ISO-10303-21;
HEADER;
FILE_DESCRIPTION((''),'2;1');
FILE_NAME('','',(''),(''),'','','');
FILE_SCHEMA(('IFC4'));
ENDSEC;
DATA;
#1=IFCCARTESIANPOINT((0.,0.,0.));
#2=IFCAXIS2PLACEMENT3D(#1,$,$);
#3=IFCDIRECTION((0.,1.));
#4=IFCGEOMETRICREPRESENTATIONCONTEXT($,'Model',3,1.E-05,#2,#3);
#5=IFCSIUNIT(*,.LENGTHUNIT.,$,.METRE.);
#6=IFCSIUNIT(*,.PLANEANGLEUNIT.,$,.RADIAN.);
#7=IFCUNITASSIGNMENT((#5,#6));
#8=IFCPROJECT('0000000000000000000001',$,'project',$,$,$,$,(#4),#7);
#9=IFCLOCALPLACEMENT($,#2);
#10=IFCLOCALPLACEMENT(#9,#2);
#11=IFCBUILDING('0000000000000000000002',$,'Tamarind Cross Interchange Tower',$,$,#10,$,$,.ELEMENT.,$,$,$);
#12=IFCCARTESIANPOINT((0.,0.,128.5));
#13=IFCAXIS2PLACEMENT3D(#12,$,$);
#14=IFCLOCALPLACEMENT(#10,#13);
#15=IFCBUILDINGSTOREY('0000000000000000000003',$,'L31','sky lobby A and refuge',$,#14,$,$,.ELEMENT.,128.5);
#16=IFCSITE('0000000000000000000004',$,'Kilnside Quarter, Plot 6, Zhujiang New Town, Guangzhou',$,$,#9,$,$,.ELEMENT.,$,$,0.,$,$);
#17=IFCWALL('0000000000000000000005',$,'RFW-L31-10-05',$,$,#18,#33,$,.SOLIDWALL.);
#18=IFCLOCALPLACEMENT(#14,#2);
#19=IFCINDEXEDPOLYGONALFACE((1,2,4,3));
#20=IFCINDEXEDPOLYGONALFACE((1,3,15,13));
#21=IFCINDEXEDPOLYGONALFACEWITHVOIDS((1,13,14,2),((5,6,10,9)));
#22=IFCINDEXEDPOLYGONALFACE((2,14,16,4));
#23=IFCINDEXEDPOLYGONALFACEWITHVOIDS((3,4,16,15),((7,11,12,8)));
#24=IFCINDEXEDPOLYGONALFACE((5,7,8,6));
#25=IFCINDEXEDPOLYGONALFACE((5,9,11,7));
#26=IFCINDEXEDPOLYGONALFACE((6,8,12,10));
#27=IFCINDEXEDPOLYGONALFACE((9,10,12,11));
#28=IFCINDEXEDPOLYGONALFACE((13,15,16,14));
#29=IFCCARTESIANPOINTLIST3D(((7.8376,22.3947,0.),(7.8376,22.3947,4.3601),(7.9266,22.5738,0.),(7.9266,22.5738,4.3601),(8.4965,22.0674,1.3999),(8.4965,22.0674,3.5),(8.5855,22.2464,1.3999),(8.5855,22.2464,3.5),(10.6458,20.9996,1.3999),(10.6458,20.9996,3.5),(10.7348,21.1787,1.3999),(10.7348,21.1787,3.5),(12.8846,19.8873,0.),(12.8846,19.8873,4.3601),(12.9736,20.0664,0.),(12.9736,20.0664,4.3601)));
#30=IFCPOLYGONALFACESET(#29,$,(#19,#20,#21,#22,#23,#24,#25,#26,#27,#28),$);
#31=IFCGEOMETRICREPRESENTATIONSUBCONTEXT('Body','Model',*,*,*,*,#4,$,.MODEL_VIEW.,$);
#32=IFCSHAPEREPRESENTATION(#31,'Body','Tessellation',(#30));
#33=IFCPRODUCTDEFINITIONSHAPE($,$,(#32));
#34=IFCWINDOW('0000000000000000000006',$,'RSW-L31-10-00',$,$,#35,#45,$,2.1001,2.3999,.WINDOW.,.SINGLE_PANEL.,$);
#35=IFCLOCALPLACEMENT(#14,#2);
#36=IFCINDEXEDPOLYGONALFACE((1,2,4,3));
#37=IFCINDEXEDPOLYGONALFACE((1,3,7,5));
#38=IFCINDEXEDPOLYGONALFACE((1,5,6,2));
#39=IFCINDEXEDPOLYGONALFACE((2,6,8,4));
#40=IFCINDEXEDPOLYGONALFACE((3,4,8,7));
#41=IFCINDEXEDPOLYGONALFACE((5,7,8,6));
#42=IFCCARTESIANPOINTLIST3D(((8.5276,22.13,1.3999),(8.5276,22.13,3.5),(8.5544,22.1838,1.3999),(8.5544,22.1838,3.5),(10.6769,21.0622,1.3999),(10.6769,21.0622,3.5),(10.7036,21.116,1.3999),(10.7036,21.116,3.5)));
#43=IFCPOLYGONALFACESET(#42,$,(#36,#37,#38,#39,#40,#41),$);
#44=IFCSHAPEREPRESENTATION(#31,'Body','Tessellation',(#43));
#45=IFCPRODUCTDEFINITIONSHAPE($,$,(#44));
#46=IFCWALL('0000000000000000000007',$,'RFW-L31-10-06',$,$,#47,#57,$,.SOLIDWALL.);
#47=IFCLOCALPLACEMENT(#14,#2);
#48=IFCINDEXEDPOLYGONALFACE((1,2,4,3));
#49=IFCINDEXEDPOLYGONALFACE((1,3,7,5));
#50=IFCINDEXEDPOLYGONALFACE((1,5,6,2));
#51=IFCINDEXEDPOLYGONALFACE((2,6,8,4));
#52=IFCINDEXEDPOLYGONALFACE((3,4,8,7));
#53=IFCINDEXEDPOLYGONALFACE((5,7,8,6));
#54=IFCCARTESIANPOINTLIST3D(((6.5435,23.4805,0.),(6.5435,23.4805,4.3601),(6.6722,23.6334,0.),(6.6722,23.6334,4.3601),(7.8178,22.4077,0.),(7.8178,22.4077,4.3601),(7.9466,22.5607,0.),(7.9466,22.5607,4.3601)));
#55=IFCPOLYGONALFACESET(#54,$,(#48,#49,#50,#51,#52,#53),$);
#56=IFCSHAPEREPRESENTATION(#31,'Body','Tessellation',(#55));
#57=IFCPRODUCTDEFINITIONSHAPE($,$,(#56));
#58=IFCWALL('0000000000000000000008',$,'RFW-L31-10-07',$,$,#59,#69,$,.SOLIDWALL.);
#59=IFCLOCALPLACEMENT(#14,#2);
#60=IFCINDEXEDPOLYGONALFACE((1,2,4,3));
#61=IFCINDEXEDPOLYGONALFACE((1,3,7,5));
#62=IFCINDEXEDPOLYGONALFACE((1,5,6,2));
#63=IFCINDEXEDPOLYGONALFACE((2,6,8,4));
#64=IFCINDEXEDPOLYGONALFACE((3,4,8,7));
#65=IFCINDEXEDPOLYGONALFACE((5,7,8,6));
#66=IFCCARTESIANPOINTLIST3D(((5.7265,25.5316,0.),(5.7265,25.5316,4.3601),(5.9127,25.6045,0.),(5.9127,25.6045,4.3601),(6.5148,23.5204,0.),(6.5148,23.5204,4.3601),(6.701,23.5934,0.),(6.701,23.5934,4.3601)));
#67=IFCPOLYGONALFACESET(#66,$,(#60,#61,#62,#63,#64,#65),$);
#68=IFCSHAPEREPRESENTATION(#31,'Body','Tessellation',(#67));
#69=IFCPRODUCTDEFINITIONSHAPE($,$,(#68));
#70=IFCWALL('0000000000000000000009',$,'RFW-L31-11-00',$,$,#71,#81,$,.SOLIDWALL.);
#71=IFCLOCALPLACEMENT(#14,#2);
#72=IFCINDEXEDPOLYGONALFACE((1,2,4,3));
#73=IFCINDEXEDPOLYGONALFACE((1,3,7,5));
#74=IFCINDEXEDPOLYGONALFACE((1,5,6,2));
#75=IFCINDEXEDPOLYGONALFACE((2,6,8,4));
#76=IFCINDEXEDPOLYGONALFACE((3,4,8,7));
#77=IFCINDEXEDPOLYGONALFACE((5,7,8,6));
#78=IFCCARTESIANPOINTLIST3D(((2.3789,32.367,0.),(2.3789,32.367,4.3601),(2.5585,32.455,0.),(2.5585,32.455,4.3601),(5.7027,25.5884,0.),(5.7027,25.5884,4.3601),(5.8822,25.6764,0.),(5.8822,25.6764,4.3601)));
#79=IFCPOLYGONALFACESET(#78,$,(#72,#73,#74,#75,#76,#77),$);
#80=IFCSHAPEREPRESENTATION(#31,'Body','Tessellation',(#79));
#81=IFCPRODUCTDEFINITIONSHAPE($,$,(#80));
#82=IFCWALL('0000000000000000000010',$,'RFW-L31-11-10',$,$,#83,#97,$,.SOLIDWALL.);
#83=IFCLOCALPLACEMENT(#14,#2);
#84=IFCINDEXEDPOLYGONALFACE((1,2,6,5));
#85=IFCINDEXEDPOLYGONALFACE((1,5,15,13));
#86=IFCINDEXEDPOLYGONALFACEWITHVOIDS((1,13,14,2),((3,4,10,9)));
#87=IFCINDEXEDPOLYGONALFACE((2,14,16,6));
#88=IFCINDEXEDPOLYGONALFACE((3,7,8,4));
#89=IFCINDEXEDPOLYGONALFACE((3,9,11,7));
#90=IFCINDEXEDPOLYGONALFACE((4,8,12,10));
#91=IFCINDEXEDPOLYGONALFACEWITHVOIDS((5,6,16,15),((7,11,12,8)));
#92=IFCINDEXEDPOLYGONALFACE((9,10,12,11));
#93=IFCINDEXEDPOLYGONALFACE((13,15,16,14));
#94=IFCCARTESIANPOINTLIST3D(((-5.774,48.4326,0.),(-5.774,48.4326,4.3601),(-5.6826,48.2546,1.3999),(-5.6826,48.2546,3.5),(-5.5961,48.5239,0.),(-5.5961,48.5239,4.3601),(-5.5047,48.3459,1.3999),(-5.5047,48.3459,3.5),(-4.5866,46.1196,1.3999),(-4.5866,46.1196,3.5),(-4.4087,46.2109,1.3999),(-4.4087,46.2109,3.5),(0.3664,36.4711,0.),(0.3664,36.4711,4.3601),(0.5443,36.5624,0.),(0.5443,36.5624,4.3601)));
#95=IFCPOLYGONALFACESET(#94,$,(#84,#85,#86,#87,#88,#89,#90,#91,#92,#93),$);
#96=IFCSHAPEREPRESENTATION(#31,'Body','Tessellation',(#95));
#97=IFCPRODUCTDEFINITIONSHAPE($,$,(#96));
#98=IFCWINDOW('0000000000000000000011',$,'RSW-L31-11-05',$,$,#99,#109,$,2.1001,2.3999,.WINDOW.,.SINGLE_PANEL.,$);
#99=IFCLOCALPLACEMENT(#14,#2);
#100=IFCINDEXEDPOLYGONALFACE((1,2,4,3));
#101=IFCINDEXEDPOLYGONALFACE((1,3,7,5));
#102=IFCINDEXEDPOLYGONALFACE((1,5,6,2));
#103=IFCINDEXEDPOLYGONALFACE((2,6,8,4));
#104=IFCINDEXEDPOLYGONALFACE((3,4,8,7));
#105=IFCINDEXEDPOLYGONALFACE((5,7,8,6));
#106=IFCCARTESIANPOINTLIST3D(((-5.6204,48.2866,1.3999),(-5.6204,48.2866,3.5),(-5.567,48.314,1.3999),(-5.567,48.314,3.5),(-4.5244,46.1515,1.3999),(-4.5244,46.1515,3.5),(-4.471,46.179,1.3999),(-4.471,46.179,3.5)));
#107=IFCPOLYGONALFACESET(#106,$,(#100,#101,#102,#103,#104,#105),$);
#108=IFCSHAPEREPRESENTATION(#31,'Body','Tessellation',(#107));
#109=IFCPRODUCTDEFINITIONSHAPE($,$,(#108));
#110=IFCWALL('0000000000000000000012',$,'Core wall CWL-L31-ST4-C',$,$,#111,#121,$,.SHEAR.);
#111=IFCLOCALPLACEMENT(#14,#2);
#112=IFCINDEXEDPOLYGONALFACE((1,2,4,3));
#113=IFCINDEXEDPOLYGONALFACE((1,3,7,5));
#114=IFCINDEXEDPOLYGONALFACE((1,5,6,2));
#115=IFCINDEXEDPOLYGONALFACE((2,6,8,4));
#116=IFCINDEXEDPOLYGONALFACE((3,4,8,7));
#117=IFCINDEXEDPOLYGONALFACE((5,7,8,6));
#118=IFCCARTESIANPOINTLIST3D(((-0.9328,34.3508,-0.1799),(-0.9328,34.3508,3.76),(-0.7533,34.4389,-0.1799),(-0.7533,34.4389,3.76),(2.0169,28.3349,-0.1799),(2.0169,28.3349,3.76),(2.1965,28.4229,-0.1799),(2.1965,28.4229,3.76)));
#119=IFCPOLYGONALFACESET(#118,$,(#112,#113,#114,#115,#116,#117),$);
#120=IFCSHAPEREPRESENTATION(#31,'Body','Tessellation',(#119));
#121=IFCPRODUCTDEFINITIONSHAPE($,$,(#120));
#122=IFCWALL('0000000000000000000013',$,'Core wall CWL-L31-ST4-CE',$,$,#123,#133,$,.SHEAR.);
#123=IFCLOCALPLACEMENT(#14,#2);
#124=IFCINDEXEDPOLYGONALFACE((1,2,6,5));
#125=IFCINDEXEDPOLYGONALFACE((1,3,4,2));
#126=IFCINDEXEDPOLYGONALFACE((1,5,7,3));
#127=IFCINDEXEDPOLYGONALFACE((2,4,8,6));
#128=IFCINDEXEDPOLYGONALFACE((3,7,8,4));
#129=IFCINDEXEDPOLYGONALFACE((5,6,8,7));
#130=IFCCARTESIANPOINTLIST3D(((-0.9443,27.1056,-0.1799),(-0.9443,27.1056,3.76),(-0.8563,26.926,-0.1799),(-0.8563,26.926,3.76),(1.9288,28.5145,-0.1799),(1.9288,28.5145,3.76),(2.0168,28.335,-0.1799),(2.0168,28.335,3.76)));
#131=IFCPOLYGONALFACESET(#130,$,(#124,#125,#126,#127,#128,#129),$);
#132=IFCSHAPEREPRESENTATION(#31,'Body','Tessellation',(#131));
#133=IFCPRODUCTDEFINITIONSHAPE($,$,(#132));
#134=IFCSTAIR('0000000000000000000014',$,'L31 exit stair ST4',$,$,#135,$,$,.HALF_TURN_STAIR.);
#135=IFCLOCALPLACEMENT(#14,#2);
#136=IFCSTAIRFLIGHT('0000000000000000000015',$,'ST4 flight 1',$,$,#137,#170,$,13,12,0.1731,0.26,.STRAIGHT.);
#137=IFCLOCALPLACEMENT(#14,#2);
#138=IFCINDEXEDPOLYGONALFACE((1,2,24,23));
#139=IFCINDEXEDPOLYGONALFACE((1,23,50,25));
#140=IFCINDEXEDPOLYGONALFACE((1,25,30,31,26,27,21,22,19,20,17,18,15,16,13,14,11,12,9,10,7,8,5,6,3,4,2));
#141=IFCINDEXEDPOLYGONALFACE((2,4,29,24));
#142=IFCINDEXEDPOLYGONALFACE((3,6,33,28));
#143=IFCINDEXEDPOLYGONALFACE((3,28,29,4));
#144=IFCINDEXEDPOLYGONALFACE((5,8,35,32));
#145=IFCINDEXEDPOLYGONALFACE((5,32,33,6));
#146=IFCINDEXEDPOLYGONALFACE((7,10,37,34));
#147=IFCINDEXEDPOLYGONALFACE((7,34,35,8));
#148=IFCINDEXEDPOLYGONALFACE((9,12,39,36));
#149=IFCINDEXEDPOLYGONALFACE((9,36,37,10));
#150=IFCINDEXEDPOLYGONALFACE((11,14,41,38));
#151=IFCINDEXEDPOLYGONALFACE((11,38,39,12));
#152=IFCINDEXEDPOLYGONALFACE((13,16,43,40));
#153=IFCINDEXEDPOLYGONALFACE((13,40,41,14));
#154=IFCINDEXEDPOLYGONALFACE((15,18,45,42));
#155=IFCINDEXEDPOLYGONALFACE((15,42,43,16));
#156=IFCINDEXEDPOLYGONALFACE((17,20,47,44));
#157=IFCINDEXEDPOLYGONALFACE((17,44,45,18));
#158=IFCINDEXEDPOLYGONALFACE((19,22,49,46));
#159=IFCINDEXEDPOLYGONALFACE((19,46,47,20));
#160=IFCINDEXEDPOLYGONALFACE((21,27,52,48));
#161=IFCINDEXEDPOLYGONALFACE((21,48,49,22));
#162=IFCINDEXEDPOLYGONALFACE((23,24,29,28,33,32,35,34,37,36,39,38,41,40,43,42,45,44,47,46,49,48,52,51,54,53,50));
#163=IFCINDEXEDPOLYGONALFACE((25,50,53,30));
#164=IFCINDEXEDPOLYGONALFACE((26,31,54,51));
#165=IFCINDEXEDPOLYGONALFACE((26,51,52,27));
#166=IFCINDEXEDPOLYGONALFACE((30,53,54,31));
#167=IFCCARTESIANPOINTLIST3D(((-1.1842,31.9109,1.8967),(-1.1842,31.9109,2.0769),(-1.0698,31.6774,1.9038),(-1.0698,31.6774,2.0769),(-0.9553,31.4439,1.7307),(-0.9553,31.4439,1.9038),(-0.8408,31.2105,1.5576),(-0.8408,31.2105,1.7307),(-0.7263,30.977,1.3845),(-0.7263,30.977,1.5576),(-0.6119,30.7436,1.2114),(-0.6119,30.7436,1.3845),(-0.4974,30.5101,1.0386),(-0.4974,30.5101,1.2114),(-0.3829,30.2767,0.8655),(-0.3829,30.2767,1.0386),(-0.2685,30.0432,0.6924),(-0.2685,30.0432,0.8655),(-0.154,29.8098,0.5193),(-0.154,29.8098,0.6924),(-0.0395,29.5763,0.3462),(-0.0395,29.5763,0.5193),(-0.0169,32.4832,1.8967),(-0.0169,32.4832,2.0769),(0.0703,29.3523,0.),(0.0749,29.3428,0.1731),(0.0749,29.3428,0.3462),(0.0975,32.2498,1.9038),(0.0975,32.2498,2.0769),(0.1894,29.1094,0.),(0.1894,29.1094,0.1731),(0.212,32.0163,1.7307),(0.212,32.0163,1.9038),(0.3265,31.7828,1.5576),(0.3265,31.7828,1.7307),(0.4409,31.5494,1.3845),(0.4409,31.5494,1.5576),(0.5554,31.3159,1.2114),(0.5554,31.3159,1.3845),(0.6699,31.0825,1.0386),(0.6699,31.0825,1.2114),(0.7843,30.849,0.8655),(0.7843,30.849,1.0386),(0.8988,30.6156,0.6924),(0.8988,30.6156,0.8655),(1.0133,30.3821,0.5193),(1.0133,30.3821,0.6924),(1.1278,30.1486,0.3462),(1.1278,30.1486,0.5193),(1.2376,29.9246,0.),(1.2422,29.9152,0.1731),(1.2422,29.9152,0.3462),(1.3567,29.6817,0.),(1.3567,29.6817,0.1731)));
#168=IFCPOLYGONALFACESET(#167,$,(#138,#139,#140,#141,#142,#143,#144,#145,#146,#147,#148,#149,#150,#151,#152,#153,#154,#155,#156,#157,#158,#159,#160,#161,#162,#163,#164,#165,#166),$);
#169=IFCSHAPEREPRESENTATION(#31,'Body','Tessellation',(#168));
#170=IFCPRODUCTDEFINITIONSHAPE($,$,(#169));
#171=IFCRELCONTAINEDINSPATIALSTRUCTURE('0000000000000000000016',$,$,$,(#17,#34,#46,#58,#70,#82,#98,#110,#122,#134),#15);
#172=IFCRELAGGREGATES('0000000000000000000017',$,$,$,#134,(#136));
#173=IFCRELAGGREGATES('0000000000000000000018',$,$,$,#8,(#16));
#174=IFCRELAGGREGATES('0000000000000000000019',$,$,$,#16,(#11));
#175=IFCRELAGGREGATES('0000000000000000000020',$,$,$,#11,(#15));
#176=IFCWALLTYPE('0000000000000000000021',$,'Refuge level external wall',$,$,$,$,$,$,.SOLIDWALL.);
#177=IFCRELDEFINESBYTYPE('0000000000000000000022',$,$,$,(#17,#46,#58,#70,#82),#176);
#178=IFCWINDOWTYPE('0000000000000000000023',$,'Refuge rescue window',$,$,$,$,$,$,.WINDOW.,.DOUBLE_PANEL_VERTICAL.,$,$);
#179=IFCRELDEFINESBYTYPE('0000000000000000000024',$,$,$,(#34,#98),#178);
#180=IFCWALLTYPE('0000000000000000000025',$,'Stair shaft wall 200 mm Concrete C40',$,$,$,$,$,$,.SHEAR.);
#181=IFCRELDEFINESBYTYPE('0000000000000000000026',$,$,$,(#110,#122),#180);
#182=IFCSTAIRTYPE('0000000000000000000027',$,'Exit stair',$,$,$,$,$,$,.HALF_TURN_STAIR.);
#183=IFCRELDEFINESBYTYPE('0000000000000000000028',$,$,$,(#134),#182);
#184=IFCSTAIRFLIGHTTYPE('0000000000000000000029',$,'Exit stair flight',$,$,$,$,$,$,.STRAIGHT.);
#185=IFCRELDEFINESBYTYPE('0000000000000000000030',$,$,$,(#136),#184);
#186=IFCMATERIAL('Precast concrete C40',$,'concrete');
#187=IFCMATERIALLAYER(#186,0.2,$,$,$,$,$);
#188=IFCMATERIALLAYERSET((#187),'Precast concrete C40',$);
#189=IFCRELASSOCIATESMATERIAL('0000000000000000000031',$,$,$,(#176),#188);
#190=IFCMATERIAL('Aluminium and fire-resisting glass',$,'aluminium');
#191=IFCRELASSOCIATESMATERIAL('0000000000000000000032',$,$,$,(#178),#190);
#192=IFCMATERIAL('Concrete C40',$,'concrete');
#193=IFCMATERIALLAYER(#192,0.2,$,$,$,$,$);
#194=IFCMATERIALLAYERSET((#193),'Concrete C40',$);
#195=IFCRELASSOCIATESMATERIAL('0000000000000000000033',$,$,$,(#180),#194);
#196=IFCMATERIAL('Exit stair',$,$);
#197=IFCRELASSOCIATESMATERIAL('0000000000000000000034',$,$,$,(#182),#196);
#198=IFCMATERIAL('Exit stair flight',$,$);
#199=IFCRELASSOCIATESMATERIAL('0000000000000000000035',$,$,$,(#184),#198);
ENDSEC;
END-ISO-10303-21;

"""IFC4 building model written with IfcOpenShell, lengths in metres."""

from ifc_helpers import new_model, si_unit, direction, frame, frame_2d, origin, place, context, subcontext, project, spatial, polyline, rectangle, outline, extrude, material, layer, layer_set, type_object, element, fill, aggregate, save


model = new_model("IFC4")

# Units and contexts
model_context = context("Model", 3, precision=1e-05, world=origin(), true_north=direction((0.0, 1.0)))
body_context = subcontext(model_context, "Body", "Model", "MODEL_VIEW")
ifc_project = project(units=[si_unit("LENGTHUNIT", "METRE"), si_unit("PLANEANGLEUNIT", "RADIAN")], contexts=[model_context])

# Site, building, storey
site_placement = place(None, origin())
site = spatial("IfcSite", under=ifc_project, at=site_placement, Name="Kilnside Quarter, Plot 6, Zhujiang New Town, Guangzhou", CompositionType="ELEMENT", RefElevation=0.0)
building_placement = place(site_placement, origin())
building = spatial("IfcBuilding", under=site, at=building_placement, Name="Tamarind Cross Interchange Tower", CompositionType="ELEMENT")
storey_placement = place(building_placement, frame((0.0, 0.0, 128.5)))
storey = spatial("IfcBuildingStorey", under=building, at=storey_placement, Name="L31", Description="sky lobby A and refuge", CompositionType="ELEMENT", Elevation=128.5)

# Shared definitions
ifc_material_1 = material(Name="Concrete C40", Category="concrete")

# Wall, opening, window
ifc_material_2 = material(Name="Precast concrete C40", Category="concrete")
ifc_layer_1 = layer(ifc_material_2, 0.2)
ifc_layer_set_1 = layer_set([ifc_layer_1], Name="Precast concrete C40")
wall_type_1 = type_object("IfcWallType", Name="Refuge level external wall", PredefinedType="SOLIDWALL", material=ifc_layer_set_1)
wall_1_placement = place(storey_placement, frame((12.9292, 19.9768, 0.0), z_axis=(0.0, 0.0, 1.0), x_axis=(-0.895568, 0.444925, 0.0)))
wall_1 = element("IfcWall", 1, at=wall_1_placement, inside=storey, type_object=wall_type_1, Name="RFW-L31-10-05", PredefinedType="SOLIDWALL", context=body_context, shape_type="SweptSolid", body=[
    extrude(rectangle(XDim=5.6355, YDim=0.2, at=frame_2d((2.8179, 0.0))), origin(), (0.0, 0.0, 1.0), 4.3601),
])
opening_1_placement = place(wall_1_placement, frame((2.5, 0.0, 1.3999)))
opening_1 = element("IfcOpeningElement", 2, at=opening_1_placement, cuts=wall_1, PredefinedType="OPENING", context=body_context, shape_type="SweptSolid", body=[
    extrude(rectangle(XDim=2.3999, YDim=2.1001, at=frame_2d((1.2, 1.05))), frame((0.0, 0.1099, 0.0), z_axis=(0.0, -1.0, 0.0), x_axis=(1.0, 0.0, 0.0)), (0.0, 0.0, 1.0), 0.22),
])
ifc_material_3 = material(Name="Aluminium and fire-resisting glass", Category="aluminium")
window_type = type_object("IfcWindowType", Name="Refuge rescue window", PartitioningType="DOUBLE_PANEL_VERTICAL", PredefinedType="WINDOW", material=ifc_material_3)
window_1_placement = place(opening_1_placement, origin())
window_1 = element("IfcWindow", 3, at=window_1_placement, inside=storey, type_object=window_type, Name="RSW-L31-10-00", OverallHeight=2.1001, OverallWidth=2.3999, PartitioningType="SINGLE_PANEL", PredefinedType="WINDOW", context=body_context, shape_type="SweptSolid", body=[
    extrude(rectangle(XDim=2.3999, YDim=2.1001, at=frame_2d((1.2, 1.05))), frame((0.0, 0.03, 0.0), z_axis=(0.0, -1.0, 0.0), x_axis=(1.0, 0.0, 0.0)), (0.0, 0.0, 1.0), 0.0601),
])
fill(opening_1, window_1)

# Walls
wall_2_placement = place(storey_placement, frame((7.8823, 22.4841, 0.0), z_axis=(0.0, 0.0, 1.0), x_axis=(-0.76504, 0.643982, 0.0)))
element("IfcWall", 4, at=wall_2_placement, inside=storey, type_object=wall_type_1, Name="RFW-L31-10-06", PredefinedType="SOLIDWALL", context=body_context, shape_type="SweptSolid", body=[
    extrude(rectangle(XDim=1.6658, YDim=0.2, at=frame_2d((0.833, 0.0))), origin(), (0.0, 0.0, 1.0), 4.3601),
])
wall_3_placement = place(storey_placement, frame((6.6079, 23.5569, 0.0), z_axis=(0.0, 0.0, 1.0), x_axis=(-0.364932, 0.931034, 0.0)))
element("IfcWall", 5, at=wall_3_placement, inside=storey, type_object=wall_type_1, Name="RFW-L31-10-07", PredefinedType="SOLIDWALL", context=body_context, shape_type="SweptSolid", body=[
    extrude(rectangle(XDim=2.1602, YDim=0.2, at=frame_2d((1.0801, 0.0))), origin(), (0.0, 0.0, 1.0), 4.3601),
])
wall_4_placement = place(storey_placement, frame((5.7925, 25.6323, 0.0), z_axis=(0.0, 0.0, 1.0), x_axis=(-0.440254, 0.897873, 0.0)))
element("IfcWall", 6, at=wall_4_placement, inside=storey, type_object=wall_type_1, Name="RFW-L31-11-00", PredefinedType="SOLIDWALL", context=body_context, shape_type="SweptSolid", body=[
    extrude(rectangle(XDim=7.5496, YDim=0.2, at=frame_2d((3.7749, 0.0))), origin(), (0.0, 0.0, 1.0), 4.3601),
])

# Wall, opening, window
wall_5_placement = place(storey_placement, frame((0.4553, 36.5168, 0.0), z_axis=(0.0, 0.0, 1.0), x_axis=(-0.456689, 0.889627, 0.0)))
wall_5 = element("IfcWall", 7, at=wall_5_placement, inside=storey, type_object=wall_type_1, Name="RFW-L31-11-10", PredefinedType="SOLIDWALL", context=body_context, shape_type="SweptSolid", body=[
    extrude(rectangle(XDim=13.4456, YDim=0.2, at=frame_2d((6.7227, 0.0))), origin(), (0.0, 0.0, 1.0), 4.3601),
])
opening_2_placement = place(wall_5_placement, frame((10.8455, 0.0, 1.3999)))
opening_2 = element("IfcOpeningElement", 8, at=opening_2_placement, cuts=wall_5, PredefinedType="OPENING", context=body_context, shape_type="SweptSolid", body=[
    extrude(rectangle(XDim=2.3999, YDim=2.1001, at=frame_2d((1.2, 1.05))), frame((0.0, 0.1099, 0.0), z_axis=(0.0, -1.0, 0.0), x_axis=(1.0, 0.0, 0.0)), (0.0, 0.0, 1.0), 0.22),
])
window_2_placement = place(opening_2_placement, origin())
window_2 = element("IfcWindow", 9, at=window_2_placement, inside=storey, type_object=window_type, Name="RSW-L31-11-05", OverallHeight=2.1001, OverallWidth=2.3999, PartitioningType="SINGLE_PANEL", PredefinedType="WINDOW", context=body_context, shape_type="SweptSolid", body=[
    extrude(rectangle(XDim=2.3999, YDim=2.1001, at=frame_2d((1.2, 1.05))), frame((0.0, 0.03, 0.0), z_axis=(0.0, -1.0, 0.0), x_axis=(1.0, 0.0, 0.0)), (0.0, 0.0, 1.0), 0.0601),
])
fill(opening_2, window_2)

# Walls
ifc_layer_2 = layer(ifc_material_1, 0.2)
ifc_layer_set_2 = layer_set([ifc_layer_2], Name="Concrete C40")
wall_type_2 = type_object("IfcWallType", Name="Stair shaft wall 200 mm Concrete C40", PredefinedType="SHEAR", material=ifc_layer_set_2)
wall_6_placement = place(storey_placement, frame((2.1067, 28.3789, -0.1799), z_axis=(0.0, 0.0, 1.0), x_axis=(-0.440248, 0.897876, 0.0)))
element("IfcWall", 10, at=wall_6_placement, inside=storey, type_object=wall_type_2, Name="Core wall CWL-L31-ST4-C", PredefinedType="SHEAR", context=body_context, shape_type="SweptSolid", body=[
    extrude(rectangle(XDim=6.7002, YDim=0.2, at=frame_2d((3.3501, 0.0))), origin(), (0.0, 0.0, 1.0), 3.9399),
])
wall_7_placement = place(storey_placement, frame((1.9729, 28.4248, -0.1799), z_axis=(0.0, 0.0, 1.0), x_axis=(-0.897849, -0.440303, 0.0)))
element("IfcWall", 11, at=wall_7_placement, inside=storey, type_object=wall_type_2, Name="Core wall CWL-L31-ST4-CE", PredefinedType="SHEAR", context=body_context, shape_type="SweptSolid", body=[
    extrude(rectangle(XDim=3.2, YDim=0.2, at=frame_2d((1.6001, 0.0))), origin(), (0.0, 0.0, 1.0), 3.9399),
])

# Stair, stair flight
ifc_material_4 = material(Name="Exit stair")
stair_type = type_object("IfcStairType", Name="Exit stair", PredefinedType="HALF_TURN_STAIR", material=ifc_material_4)
stair_placement = place(storey_placement, origin())
stair = element("IfcStair", 12, at=stair_placement, inside=storey, type_object=stair_type, Name="L31 exit stair ST4", PredefinedType="HALF_TURN_STAIR")
ifc_material_5 = material(Name="Exit stair flight")
stair_flight_type = type_object("IfcStairFlightType", Name="Exit stair flight", PredefinedType="STRAIGHT", material=ifc_material_5)
stair_flight_placement = place(storey_placement, frame((0.7729, 29.3955, 0.0), z_axis=(0.0, 0.0, 1.0), x_axis=(-0.440253, 0.897874, 0.0)))
stair_flight = element("IfcStairFlight", 13, at=stair_flight_placement, type_object=stair_flight_type, Name="ST4 flight 1", NumberOfRisers=13, NumberOfTreads=12, PredefinedType="STRAIGHT", RiserHeight=0.1731, TreadLength=0.26, context=body_context, shape_type="SweptSolid", body=[
    extrude(outline(polyline([(0.0, 0.0), (0.0, 0.1731), (0.26, 0.1731), (0.26, 0.3462), (0.52, 0.3462), (0.52, 0.5193), (0.78, 0.5193), (0.78, 0.6924), (1.04, 0.6924), (1.04, 0.8655), (1.3, 0.8655), (1.3, 1.0386), (1.5601, 1.0386), (1.5601, 1.2114), (1.8201, 1.2114), (1.8201, 1.3845), (2.0801, 1.3845), (2.0801, 1.5576), (2.3401, 1.5576), (2.3401, 1.7307), (2.6001, 1.7307), (2.6001, 1.9038), (2.8601, 1.9038), (2.8601, 2.0769), (3.1201, 2.0769), (3.1201, 2.25), (3.1201, 1.8967), (0.2705, 0.0), (0.0, 0.0)])), frame((0.0, 0.6499, 0.0), z_axis=(0.0, -1.0, 0.0), x_axis=(1.0, 0.0, 0.0)), (0.0, 0.0, 1.0), 1.3),
])
aggregate(stair, [stair_flight])

save(model, "model.ifc")
